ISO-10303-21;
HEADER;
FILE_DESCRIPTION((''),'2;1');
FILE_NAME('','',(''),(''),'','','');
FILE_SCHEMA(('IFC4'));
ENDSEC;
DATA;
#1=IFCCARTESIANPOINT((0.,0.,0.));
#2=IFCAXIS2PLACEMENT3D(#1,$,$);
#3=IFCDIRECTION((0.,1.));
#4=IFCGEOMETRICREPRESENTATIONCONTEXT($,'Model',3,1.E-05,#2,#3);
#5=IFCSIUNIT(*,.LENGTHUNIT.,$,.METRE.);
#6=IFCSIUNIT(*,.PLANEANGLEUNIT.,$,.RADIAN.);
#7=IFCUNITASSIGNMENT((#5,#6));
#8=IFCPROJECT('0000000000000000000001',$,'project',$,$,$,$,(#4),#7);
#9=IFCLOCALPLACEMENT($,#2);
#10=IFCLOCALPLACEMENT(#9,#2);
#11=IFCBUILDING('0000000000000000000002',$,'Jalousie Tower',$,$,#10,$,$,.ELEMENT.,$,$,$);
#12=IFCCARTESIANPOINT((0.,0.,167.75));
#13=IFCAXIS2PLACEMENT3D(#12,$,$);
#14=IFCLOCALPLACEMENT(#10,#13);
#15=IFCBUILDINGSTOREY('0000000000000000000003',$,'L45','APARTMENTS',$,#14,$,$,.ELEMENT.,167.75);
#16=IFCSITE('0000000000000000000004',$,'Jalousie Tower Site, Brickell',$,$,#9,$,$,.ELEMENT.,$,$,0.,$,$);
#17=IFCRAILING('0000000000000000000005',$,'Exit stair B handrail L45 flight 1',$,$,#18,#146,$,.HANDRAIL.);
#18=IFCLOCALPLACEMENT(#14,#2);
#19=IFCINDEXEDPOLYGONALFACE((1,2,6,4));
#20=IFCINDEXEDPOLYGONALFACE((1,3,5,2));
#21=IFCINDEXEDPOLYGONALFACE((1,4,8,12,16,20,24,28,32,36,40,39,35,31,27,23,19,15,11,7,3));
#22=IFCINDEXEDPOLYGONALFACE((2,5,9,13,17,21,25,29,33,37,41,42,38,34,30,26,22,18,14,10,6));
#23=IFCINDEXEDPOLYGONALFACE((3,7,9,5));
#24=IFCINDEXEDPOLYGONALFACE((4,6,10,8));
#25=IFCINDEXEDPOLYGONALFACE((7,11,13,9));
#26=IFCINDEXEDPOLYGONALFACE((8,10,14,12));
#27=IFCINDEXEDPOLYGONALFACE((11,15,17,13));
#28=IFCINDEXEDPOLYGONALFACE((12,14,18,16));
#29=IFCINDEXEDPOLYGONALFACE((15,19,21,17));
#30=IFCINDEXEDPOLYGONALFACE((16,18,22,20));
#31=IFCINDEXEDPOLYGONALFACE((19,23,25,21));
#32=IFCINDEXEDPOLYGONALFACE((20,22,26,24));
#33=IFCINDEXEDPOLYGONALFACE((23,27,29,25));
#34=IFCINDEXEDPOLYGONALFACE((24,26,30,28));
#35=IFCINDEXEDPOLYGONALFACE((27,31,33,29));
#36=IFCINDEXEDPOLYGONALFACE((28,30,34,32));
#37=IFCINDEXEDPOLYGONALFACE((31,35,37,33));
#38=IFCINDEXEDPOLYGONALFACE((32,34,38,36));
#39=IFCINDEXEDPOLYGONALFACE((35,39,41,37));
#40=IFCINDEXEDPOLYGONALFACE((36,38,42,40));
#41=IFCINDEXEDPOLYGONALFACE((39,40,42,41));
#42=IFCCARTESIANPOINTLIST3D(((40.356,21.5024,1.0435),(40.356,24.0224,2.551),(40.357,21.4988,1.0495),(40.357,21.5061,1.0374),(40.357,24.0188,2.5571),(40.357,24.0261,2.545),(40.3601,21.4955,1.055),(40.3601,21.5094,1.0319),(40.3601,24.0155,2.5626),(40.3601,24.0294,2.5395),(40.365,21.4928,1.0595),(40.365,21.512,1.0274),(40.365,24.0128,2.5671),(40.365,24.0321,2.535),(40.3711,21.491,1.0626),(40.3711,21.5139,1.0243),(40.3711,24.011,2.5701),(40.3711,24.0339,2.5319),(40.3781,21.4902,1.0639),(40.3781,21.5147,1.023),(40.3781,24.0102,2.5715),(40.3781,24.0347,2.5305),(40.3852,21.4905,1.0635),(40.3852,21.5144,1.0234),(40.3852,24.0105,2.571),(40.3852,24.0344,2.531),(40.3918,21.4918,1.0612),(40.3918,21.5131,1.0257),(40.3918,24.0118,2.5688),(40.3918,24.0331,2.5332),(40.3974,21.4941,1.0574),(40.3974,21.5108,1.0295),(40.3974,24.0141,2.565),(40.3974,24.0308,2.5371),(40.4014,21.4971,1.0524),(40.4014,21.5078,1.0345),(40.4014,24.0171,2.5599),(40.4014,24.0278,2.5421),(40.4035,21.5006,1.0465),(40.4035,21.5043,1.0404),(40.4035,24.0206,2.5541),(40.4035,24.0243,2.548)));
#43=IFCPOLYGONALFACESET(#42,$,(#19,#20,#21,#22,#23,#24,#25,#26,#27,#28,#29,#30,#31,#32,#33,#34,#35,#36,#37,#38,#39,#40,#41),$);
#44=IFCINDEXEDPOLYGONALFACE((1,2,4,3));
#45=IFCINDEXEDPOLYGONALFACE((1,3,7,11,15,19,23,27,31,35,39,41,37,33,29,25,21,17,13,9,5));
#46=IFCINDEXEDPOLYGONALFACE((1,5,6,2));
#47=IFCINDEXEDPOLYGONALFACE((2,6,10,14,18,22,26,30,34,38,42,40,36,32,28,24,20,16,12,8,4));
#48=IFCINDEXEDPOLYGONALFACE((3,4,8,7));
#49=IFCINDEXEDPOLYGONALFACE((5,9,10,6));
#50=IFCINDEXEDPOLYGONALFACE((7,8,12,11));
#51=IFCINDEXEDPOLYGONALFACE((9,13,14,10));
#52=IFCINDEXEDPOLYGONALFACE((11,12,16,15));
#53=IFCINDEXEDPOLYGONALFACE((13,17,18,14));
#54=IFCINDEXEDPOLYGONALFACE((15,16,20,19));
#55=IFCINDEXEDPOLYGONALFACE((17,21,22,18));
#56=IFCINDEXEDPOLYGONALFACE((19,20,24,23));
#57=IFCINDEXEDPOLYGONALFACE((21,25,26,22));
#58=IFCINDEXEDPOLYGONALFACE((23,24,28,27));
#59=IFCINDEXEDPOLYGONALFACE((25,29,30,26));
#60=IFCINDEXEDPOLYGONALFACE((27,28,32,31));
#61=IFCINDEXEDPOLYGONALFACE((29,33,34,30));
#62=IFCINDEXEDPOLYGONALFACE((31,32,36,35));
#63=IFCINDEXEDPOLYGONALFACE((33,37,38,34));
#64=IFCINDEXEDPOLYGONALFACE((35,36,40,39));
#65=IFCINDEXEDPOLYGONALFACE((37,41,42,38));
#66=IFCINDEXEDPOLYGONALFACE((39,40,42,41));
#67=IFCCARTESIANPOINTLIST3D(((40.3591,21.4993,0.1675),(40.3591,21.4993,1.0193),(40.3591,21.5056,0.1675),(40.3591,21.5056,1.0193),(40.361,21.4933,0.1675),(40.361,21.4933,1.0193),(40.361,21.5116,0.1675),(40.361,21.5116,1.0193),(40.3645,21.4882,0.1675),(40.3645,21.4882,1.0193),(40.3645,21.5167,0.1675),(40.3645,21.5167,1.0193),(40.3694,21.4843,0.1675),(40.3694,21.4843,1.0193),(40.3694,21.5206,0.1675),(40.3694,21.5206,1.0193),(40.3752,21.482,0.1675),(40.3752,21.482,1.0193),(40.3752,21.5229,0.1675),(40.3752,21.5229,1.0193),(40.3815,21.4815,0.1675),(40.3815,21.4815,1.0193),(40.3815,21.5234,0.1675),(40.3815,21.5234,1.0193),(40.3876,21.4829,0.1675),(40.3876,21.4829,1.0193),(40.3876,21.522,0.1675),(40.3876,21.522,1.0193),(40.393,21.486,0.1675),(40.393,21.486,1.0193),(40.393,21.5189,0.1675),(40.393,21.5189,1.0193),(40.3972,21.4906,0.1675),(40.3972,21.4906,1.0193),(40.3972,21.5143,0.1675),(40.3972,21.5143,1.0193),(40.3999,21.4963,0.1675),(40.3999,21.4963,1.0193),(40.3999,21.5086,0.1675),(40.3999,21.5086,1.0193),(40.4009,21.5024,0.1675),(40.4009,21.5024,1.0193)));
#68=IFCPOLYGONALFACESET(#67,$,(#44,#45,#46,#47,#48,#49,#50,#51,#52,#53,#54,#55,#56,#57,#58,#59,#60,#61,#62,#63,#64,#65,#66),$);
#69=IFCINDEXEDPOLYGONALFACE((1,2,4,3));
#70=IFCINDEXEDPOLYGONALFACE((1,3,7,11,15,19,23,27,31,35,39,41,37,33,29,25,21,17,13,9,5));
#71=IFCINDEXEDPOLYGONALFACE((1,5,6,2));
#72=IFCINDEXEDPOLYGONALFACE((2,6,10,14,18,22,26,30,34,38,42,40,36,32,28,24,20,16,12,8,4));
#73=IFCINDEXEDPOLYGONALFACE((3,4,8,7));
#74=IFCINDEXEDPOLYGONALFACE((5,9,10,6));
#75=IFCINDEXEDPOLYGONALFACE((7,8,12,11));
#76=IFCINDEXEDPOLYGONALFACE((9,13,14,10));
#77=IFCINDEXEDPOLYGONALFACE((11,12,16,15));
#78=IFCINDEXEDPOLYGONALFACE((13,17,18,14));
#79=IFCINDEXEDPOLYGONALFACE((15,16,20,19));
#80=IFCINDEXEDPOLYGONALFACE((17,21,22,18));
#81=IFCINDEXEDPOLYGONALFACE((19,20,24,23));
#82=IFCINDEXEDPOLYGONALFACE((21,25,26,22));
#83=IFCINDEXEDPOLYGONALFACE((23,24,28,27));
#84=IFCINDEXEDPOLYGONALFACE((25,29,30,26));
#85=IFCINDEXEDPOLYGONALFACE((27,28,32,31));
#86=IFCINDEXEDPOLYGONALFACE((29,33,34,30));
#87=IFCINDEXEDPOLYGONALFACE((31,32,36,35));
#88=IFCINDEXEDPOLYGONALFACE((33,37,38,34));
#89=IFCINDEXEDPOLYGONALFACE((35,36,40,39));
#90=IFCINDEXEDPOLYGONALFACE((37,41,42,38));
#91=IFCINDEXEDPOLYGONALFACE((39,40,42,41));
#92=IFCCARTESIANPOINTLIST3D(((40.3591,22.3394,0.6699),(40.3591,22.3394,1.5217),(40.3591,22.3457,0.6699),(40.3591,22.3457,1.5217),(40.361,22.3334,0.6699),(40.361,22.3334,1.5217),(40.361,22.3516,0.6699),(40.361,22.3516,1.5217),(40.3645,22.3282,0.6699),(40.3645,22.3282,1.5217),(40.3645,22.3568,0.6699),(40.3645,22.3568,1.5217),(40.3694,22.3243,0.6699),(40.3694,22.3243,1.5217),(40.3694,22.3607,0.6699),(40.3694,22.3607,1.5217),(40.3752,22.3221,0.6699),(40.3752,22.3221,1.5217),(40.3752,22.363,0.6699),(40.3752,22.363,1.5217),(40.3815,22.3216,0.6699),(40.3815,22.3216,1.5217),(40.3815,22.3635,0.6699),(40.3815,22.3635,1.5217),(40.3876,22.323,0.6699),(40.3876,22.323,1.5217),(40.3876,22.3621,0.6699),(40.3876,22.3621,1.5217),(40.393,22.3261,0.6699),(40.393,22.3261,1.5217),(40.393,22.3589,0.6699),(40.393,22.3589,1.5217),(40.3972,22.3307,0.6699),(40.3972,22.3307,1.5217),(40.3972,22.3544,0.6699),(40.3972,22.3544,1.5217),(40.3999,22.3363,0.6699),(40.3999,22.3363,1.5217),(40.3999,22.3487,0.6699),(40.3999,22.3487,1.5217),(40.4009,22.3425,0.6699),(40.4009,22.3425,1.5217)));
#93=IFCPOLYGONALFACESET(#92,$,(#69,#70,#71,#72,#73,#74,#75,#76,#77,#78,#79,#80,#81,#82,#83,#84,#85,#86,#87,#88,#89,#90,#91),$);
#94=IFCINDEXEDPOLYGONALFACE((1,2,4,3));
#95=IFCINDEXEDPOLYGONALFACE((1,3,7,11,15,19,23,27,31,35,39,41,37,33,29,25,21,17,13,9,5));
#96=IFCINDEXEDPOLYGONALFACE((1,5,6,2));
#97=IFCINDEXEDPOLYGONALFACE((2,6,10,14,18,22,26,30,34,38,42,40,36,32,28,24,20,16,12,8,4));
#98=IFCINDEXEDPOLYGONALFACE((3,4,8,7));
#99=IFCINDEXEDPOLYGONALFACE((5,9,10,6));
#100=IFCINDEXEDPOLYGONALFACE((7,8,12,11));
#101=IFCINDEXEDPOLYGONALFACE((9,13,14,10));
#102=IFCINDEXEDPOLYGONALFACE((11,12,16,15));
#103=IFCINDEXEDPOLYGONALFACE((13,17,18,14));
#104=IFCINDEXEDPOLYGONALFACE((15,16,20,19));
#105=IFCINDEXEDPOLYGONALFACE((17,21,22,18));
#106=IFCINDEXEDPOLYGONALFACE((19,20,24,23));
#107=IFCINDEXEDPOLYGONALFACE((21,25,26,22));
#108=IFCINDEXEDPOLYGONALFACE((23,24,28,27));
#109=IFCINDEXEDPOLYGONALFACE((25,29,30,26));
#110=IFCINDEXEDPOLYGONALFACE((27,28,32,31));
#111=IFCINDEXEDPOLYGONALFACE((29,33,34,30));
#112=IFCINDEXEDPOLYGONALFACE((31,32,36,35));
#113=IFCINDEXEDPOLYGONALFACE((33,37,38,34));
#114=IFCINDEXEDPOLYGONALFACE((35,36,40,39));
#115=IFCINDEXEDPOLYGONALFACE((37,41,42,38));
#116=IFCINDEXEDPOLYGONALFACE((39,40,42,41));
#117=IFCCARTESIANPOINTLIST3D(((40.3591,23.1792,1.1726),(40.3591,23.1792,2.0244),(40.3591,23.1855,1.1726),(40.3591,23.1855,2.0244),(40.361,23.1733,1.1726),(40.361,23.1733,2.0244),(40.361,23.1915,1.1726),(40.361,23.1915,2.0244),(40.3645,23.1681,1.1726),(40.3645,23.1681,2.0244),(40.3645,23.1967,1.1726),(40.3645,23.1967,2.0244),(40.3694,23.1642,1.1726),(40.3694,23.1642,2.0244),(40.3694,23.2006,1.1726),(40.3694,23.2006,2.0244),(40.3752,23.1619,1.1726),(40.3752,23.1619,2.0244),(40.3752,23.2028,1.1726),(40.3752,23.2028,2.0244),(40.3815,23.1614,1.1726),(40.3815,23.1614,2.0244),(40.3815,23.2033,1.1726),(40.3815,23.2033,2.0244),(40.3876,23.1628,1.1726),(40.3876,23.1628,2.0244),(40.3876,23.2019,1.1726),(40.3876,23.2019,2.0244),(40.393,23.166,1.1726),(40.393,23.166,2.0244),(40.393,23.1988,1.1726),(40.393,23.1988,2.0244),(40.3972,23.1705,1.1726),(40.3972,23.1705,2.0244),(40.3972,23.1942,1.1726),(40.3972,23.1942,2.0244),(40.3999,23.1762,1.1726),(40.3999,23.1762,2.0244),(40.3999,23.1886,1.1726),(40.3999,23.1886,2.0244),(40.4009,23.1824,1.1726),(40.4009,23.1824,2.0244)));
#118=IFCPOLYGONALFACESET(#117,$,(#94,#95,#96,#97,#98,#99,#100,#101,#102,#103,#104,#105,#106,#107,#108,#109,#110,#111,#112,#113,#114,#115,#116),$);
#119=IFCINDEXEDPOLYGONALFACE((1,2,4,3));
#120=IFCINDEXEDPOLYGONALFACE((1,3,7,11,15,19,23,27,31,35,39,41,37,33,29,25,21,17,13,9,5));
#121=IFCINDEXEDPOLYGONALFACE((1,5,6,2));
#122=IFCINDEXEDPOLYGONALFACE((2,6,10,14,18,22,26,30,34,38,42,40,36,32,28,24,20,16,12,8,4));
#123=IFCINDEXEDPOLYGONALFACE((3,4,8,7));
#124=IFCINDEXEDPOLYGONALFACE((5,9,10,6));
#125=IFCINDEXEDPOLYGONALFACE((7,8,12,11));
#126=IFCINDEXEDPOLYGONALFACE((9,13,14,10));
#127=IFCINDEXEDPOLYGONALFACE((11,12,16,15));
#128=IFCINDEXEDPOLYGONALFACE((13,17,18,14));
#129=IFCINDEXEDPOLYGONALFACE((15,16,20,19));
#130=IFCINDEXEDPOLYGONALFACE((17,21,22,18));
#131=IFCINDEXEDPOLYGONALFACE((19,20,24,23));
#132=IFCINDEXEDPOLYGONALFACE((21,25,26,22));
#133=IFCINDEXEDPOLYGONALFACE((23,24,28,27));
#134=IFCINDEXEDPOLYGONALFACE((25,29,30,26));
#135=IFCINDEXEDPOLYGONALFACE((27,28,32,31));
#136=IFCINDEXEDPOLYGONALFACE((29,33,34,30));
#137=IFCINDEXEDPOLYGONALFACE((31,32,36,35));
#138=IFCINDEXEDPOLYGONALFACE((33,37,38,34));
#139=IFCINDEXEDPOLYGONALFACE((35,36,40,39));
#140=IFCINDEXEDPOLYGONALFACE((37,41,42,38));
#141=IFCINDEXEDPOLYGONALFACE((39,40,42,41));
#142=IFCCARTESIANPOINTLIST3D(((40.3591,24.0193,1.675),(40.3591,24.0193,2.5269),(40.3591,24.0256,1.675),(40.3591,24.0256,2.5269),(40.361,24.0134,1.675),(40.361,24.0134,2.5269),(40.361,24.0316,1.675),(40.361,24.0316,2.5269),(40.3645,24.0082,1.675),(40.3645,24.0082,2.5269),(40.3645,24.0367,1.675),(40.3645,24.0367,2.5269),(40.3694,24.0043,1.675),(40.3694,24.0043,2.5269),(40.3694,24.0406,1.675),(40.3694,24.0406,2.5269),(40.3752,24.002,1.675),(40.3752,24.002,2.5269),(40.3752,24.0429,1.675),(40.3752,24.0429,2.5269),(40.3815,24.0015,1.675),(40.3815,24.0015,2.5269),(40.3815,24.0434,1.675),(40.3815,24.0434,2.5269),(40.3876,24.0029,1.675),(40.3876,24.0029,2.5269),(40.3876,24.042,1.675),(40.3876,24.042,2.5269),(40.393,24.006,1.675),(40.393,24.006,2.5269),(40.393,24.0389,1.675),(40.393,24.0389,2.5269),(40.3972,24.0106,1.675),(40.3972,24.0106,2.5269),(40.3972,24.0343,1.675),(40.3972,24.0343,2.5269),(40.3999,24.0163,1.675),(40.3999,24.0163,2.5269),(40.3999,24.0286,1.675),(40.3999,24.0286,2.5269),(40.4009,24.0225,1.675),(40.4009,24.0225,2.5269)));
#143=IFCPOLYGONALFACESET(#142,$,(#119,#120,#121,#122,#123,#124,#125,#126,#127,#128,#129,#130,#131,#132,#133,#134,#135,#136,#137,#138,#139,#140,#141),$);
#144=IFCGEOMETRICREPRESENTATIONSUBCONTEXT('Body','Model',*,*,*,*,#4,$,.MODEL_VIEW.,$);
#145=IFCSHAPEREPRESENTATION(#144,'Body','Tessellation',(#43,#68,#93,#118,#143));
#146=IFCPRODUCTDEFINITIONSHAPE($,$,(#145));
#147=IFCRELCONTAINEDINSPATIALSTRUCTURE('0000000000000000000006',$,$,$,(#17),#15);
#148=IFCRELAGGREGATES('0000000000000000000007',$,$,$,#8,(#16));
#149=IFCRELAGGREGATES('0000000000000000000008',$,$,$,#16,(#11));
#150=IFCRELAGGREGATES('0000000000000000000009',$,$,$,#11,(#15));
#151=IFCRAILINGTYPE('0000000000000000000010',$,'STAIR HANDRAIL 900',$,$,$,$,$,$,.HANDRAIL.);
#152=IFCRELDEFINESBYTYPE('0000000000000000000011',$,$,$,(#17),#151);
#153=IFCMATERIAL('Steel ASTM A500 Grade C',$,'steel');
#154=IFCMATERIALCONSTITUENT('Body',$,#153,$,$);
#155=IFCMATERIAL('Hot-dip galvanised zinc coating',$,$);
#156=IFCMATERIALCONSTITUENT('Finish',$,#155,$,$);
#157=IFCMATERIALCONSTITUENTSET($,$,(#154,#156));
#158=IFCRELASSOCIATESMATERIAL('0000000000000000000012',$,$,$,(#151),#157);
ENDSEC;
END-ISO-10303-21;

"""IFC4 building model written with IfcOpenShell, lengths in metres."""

from ifc_helpers import new_model, si_unit, direction, frame, origin, origin_2d, place, context, subcontext, project, spatial, circle, extrude, material, constituent, constituent_set, type_object, element, save


model = new_model("IFC4")

# Units and contexts
model_context = context("Model", 3, precision=1e-05, world=origin(), true_north=direction((0.0, 1.0)))
body_context = subcontext(model_context, "Body", "Model", "MODEL_VIEW")
ifc_project = project(units=[si_unit("LENGTHUNIT", "METRE"), si_unit("PLANEANGLEUNIT", "RADIAN")], contexts=[model_context])

# Site, building, storey
site_placement = place(None, origin())
site = spatial("IfcSite", under=ifc_project, at=site_placement, Name="Jalousie Tower Site, Brickell", CompositionType="ELEMENT", RefElevation=0.0)
building_placement = place(site_placement, origin())
building = spatial("IfcBuilding", under=site, at=building_placement, Name="Jalousie Tower", CompositionType="ELEMENT")
storey_placement = place(building_placement, frame((0.0, 0.0, 167.75)))
storey = spatial("IfcBuildingStorey", under=building, at=storey_placement, Name="L45", Description="APARTMENTS", CompositionType="ELEMENT", Elevation=167.75)

# Railing
ifc_material_1 = material(Name="Steel ASTM A500 Grade C", Category="steel")
ifc_constituent_1 = constituent(ifc_material_1, Name="Body")
ifc_material_2 = material(Name="Hot-dip galvanised zinc coating")
ifc_constituent_2 = constituent(ifc_material_2, Name="Finish")
ifc_constituent_set_1 = constituent_set(constituents=[ifc_constituent_1, ifc_constituent_2])
railing_type_1 = type_object("IfcRailingType", Name="STAIR HANDRAIL 900", PredefinedType="HANDRAIL", material=ifc_constituent_set_1)
railing_1_placement = place(storey_placement, frame((40.3799, 21.5024, 0.1675)))
element("IfcRailing", 1, at=railing_1_placement, inside=storey, type_object=railing_type_1, Name="Exit stair B handrail L45 flight 1", PredefinedType="HANDRAIL", context=body_context, shape_type="SweptSolid", body=[
    extrude(circle(Radius=0.0239, at=origin_2d()), frame((0.0, 0.0, 0.876), z_axis=(0.0, 0.85816, 0.513383), x_axis=(-1.0, 0.0, 0.0)), (0.0, 0.0, 1.0), 2.9365),
    extrude(circle(Radius=0.021, at=origin_2d()), origin(), (0.0, 0.0, 1.0), 0.8518),
    extrude(circle(Radius=0.021, at=origin_2d()), frame((0.0, 0.8401, 0.5024)), (0.0, 0.0, 1.0), 0.8518),
    extrude(circle(Radius=0.021, at=origin_2d()), frame((0.0, 1.6799, 1.0051)), (0.0, 0.0, 1.0), 0.8518),
    extrude(circle(Radius=0.021, at=origin_2d()), frame((0.0, 2.52, 1.5076)), (0.0, 0.0, 1.0), 0.8518),
])

save(model, "model.ifc")
